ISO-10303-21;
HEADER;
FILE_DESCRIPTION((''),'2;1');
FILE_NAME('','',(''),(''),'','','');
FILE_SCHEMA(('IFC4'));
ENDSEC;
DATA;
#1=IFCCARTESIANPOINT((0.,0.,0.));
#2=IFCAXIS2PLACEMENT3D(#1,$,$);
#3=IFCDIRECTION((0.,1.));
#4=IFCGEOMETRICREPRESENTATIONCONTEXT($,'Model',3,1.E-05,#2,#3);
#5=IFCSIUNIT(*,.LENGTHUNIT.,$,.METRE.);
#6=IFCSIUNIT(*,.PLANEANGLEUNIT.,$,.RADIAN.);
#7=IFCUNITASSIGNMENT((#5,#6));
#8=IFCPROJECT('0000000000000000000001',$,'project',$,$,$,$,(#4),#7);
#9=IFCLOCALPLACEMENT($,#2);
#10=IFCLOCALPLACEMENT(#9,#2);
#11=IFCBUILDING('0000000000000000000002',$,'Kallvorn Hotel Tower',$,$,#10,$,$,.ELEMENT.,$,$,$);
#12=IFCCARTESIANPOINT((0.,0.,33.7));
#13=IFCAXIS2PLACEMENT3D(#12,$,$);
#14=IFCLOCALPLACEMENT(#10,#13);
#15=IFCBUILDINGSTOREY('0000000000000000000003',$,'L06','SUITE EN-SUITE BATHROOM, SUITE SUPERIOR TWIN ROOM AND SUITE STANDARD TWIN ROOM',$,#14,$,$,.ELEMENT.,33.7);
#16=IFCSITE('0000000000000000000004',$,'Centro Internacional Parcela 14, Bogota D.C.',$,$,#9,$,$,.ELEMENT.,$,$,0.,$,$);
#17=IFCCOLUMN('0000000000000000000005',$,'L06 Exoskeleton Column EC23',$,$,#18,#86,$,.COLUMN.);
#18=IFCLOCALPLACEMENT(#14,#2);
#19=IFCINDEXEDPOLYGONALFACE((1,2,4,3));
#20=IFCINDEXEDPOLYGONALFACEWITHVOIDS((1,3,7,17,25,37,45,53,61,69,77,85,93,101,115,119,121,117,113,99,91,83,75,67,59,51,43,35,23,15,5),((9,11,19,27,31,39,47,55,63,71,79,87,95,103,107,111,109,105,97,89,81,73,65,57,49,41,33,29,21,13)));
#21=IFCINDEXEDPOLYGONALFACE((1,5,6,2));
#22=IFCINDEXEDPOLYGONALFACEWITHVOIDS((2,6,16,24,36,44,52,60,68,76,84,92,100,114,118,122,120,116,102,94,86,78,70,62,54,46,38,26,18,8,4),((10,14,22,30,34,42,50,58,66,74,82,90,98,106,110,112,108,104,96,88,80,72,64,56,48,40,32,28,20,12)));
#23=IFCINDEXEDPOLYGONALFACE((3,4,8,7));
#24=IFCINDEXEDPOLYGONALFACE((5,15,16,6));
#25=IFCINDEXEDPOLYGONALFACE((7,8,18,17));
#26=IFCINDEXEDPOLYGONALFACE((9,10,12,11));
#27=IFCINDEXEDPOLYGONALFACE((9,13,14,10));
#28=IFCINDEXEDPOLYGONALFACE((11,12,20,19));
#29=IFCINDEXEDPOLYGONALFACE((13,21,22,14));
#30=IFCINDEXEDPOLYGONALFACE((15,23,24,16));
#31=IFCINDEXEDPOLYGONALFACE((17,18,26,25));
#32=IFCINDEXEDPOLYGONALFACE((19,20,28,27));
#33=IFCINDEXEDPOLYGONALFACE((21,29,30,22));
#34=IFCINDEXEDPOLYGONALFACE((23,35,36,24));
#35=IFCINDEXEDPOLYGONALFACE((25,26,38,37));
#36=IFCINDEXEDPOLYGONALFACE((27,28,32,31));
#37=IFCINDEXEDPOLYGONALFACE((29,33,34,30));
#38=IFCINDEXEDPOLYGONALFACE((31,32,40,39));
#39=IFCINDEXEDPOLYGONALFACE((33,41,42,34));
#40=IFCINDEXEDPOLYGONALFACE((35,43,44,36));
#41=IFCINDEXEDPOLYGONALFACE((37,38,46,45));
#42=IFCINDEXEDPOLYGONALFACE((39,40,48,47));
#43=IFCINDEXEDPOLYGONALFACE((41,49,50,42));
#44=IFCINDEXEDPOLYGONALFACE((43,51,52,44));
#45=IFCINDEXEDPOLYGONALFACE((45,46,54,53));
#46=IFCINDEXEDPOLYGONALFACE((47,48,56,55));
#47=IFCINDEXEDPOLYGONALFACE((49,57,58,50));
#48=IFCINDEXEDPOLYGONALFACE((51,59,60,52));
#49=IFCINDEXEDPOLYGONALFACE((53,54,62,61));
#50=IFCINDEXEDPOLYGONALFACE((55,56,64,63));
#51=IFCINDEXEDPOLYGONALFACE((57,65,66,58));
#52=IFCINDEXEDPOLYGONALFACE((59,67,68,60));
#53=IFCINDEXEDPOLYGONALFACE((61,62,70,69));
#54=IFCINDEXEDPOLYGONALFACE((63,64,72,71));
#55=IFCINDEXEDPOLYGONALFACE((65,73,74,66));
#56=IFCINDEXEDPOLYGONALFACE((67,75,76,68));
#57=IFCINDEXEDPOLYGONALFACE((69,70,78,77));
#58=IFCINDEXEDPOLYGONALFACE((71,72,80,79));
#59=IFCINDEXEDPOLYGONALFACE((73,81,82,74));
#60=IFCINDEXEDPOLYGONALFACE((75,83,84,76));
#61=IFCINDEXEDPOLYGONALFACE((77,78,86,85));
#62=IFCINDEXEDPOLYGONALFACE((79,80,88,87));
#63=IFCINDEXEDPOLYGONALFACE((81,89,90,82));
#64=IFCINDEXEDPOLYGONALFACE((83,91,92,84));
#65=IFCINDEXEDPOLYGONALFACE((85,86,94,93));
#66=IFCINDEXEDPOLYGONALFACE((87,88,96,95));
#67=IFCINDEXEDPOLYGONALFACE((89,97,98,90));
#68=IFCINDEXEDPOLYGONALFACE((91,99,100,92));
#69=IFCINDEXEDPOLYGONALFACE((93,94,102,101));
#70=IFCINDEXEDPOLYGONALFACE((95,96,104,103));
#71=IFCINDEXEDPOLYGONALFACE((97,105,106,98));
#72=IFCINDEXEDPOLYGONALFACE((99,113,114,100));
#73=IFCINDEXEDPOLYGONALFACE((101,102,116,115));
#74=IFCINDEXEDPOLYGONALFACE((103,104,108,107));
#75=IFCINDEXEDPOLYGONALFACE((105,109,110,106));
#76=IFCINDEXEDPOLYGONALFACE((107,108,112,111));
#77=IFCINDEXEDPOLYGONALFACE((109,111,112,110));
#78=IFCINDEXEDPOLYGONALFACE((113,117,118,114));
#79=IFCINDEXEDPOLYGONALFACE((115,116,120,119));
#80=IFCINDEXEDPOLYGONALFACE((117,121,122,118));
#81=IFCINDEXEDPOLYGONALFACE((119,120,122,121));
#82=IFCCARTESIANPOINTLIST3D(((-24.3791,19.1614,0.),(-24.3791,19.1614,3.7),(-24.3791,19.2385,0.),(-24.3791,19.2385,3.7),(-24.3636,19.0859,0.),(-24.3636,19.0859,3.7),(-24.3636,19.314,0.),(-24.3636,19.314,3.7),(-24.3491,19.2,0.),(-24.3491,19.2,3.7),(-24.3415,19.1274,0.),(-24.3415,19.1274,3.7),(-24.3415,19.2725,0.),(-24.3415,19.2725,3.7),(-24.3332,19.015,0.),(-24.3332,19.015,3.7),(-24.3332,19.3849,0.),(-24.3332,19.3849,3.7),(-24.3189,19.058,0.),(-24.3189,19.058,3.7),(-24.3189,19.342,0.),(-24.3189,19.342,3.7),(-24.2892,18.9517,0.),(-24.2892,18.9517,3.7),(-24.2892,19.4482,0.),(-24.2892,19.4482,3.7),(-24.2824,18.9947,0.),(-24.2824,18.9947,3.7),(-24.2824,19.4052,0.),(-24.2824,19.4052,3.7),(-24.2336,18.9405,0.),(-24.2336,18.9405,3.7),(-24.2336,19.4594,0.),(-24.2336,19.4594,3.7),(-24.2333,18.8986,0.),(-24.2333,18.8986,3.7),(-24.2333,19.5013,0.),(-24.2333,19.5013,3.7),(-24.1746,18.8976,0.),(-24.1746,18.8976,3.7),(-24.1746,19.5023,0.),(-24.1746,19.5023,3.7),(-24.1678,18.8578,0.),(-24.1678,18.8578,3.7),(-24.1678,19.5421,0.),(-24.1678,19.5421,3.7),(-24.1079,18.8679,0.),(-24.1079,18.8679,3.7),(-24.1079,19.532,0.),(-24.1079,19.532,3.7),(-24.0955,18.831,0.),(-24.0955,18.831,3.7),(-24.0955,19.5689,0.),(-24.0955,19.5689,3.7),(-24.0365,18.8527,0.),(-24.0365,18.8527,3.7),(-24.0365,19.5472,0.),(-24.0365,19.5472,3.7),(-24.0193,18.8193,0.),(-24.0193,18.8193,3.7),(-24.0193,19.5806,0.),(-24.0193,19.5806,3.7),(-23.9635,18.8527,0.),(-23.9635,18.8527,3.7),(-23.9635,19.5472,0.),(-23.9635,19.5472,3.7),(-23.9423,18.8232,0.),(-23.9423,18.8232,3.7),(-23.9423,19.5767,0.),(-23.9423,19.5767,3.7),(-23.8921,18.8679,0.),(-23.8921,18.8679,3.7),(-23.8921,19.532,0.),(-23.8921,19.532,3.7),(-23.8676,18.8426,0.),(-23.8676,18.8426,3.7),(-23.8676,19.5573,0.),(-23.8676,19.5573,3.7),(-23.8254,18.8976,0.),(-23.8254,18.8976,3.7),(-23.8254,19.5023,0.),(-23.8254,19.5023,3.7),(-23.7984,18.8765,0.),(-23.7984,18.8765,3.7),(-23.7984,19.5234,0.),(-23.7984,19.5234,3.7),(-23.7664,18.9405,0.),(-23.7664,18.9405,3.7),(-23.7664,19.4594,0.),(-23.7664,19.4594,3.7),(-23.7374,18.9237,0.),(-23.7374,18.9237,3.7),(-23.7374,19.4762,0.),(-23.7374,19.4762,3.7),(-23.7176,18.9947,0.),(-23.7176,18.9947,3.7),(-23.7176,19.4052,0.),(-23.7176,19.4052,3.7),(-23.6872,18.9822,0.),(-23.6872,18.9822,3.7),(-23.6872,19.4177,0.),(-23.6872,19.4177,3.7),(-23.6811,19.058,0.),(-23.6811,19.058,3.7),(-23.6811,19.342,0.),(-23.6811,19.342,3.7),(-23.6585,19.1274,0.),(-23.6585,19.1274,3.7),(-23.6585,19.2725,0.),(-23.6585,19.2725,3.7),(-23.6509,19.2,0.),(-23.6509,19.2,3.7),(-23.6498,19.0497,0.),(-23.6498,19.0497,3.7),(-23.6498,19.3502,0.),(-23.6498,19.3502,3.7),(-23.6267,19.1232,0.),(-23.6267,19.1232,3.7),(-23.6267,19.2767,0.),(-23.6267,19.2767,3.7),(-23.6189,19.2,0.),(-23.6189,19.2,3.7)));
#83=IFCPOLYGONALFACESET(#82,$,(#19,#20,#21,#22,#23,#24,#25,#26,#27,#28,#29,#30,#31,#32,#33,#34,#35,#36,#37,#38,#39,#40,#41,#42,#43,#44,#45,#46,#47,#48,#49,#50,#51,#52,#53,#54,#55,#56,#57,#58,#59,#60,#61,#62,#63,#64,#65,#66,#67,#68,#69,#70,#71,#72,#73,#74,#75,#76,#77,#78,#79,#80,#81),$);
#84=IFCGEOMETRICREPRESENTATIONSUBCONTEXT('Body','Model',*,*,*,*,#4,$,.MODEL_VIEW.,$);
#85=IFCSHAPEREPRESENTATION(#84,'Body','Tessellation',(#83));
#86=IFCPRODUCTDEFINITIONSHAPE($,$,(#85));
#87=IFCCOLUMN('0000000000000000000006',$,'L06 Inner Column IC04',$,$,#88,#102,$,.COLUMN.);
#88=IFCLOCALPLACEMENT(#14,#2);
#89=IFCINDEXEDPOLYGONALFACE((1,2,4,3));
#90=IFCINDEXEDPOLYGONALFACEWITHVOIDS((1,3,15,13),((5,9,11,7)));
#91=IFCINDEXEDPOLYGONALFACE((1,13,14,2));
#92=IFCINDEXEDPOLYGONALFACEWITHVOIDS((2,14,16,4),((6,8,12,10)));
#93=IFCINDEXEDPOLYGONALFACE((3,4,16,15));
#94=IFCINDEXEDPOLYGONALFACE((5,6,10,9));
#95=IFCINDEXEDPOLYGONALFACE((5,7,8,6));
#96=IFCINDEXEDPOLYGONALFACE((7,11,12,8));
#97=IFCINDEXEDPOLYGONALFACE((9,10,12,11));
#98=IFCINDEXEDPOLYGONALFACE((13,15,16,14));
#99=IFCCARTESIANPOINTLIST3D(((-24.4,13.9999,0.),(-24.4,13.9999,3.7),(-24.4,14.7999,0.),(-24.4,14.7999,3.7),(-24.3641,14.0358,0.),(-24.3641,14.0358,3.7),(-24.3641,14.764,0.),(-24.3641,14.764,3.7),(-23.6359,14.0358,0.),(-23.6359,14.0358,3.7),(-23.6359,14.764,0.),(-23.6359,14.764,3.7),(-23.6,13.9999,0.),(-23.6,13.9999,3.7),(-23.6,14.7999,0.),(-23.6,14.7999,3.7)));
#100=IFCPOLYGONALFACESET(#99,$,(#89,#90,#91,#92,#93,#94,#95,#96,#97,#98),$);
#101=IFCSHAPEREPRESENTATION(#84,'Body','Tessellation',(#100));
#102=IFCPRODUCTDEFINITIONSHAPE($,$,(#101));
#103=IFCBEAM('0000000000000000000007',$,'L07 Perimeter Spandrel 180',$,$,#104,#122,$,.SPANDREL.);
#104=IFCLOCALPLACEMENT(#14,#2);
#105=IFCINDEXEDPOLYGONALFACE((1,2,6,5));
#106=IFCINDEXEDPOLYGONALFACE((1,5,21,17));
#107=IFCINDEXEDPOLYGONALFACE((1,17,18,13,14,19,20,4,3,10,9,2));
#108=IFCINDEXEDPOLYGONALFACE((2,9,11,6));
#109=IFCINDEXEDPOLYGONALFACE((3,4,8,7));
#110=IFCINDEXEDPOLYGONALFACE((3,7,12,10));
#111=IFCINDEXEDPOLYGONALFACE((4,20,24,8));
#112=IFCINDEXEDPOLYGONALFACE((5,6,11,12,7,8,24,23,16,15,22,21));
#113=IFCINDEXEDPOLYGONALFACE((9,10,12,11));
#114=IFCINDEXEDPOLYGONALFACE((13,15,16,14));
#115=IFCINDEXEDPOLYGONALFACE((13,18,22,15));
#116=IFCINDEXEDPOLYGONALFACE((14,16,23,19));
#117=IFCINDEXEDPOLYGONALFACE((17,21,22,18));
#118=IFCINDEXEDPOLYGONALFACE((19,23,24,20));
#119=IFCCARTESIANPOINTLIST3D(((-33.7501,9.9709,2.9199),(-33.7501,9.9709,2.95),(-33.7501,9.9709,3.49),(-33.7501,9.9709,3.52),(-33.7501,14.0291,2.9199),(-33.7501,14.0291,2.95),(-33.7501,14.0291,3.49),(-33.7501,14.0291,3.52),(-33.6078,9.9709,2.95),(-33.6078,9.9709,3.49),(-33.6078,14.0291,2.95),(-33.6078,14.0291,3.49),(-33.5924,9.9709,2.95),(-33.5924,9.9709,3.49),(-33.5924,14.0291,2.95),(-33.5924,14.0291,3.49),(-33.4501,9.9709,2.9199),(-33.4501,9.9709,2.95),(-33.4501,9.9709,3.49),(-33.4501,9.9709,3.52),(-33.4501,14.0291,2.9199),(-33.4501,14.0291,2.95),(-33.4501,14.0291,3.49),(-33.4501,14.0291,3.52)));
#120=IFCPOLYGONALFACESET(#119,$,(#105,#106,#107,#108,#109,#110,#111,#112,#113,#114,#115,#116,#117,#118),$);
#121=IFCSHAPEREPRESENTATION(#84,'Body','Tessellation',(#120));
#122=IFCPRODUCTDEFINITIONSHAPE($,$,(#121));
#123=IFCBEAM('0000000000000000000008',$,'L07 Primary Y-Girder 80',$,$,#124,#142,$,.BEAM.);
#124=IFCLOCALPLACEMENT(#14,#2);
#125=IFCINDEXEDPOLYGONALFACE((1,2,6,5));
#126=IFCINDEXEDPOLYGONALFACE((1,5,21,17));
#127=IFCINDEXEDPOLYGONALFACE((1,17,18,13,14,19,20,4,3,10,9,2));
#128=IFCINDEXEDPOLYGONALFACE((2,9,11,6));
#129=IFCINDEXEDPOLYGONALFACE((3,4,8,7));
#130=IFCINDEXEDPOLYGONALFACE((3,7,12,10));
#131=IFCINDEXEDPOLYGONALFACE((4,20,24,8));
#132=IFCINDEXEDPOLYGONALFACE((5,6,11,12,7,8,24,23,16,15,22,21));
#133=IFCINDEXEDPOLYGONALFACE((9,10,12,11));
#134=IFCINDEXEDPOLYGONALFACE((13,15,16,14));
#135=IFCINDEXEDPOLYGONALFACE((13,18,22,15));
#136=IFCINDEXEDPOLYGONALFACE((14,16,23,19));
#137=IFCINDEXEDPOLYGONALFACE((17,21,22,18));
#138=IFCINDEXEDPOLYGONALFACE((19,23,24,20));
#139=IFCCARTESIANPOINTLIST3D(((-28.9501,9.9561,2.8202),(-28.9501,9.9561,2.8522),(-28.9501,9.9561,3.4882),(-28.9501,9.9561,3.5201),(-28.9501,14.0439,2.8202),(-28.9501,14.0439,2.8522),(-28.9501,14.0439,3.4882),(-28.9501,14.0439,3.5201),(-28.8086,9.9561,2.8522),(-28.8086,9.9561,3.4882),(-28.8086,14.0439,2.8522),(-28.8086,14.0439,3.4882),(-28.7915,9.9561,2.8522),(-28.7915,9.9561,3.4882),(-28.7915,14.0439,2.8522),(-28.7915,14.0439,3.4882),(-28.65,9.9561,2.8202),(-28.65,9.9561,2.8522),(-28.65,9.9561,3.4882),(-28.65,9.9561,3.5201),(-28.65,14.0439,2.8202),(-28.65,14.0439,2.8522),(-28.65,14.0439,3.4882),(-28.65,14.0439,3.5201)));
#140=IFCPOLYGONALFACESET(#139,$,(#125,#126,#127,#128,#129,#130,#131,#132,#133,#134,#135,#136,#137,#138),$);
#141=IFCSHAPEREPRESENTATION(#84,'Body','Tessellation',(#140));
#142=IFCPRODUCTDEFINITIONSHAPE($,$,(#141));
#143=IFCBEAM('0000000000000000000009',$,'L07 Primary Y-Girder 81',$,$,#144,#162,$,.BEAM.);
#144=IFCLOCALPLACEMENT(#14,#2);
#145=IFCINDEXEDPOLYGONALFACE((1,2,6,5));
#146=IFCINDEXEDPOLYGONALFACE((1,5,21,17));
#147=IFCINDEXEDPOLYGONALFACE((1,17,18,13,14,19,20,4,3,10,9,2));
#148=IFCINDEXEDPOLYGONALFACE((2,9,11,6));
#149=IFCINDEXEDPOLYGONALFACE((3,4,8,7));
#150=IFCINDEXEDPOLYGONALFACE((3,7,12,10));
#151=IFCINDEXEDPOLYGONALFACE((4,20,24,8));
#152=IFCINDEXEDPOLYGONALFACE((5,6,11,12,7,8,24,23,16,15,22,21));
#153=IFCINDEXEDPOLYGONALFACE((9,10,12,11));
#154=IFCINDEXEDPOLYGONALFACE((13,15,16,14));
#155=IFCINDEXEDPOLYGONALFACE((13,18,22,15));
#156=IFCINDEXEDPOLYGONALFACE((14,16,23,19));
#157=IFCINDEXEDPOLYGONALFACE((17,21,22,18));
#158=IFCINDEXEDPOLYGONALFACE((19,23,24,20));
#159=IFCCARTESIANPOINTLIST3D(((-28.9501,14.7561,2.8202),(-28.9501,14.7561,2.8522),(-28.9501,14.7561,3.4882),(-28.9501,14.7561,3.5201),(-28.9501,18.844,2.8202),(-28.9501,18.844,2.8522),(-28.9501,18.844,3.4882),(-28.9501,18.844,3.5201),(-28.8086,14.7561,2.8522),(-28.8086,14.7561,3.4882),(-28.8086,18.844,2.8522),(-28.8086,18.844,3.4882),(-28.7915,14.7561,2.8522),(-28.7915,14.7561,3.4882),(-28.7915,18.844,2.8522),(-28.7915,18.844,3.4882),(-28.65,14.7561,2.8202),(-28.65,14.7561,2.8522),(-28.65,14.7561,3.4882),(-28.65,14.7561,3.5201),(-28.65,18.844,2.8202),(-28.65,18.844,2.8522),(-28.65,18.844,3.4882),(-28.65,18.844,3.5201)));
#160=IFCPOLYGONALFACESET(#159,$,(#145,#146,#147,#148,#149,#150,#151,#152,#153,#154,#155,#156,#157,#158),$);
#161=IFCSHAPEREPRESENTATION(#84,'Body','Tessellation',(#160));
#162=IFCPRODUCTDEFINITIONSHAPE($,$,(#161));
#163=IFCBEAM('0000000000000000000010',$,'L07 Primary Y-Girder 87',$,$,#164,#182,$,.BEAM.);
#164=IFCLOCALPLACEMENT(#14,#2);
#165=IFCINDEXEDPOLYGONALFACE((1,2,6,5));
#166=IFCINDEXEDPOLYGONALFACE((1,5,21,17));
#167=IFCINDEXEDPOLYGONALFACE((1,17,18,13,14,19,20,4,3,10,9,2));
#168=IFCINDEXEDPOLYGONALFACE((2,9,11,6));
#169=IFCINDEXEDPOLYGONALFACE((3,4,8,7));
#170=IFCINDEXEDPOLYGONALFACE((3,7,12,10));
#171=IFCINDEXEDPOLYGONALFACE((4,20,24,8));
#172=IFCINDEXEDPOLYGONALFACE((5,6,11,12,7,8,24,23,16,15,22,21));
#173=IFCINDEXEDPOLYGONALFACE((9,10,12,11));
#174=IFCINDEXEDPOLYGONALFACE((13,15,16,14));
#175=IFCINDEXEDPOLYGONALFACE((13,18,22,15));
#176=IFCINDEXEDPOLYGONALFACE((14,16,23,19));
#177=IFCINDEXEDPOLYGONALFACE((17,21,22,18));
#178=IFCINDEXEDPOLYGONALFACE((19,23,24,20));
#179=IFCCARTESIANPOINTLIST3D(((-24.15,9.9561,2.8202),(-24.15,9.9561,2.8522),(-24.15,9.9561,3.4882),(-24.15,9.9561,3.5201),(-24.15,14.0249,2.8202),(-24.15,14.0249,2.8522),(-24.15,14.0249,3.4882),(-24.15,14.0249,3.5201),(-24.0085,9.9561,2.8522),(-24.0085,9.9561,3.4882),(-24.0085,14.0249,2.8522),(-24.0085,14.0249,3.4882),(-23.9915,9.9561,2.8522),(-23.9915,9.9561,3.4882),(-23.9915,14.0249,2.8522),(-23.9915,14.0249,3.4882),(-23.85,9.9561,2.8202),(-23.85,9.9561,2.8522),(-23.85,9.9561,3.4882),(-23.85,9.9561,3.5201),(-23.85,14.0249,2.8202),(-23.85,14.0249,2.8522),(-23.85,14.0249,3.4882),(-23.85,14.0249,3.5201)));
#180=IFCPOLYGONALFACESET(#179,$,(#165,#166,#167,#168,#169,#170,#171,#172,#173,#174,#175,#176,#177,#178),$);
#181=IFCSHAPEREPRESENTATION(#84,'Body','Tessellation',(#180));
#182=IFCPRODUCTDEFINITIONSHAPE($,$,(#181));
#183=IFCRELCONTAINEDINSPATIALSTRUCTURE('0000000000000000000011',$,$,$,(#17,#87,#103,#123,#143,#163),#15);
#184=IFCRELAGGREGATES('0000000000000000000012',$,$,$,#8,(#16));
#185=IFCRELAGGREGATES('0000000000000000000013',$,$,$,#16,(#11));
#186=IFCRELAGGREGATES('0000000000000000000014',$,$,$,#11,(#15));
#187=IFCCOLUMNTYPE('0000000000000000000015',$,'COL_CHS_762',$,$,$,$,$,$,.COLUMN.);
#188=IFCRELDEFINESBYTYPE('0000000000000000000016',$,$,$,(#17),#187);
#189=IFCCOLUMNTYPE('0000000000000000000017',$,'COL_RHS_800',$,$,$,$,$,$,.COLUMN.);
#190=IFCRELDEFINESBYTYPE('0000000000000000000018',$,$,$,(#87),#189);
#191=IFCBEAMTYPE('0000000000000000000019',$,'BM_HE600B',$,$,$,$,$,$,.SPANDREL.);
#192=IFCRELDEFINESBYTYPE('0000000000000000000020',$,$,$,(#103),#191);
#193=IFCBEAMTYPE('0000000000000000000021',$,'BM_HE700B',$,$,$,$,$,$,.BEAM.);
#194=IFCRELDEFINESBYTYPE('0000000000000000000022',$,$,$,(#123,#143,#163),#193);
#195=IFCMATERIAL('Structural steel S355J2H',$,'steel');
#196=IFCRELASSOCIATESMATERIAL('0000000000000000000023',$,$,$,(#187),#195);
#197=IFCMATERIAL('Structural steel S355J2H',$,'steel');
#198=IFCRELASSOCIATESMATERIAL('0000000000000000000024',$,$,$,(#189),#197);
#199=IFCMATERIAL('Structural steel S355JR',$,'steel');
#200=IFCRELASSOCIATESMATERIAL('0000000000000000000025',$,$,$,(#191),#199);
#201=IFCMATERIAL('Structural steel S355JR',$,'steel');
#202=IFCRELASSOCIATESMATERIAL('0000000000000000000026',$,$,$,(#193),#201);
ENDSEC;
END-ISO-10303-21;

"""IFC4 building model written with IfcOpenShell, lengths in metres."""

from ifc_helpers import new_model, si_unit, direction, frame, origin, origin_2d, place, context, subcontext, project, spatial, hollow_rectangle, hollow_circle, i_section, extrude, material, material_profile, profile_set, type_object, element, save


model = new_model("IFC4")

# Units and contexts
model_context = context("Model", 3, precision=1e-05, world=origin(), true_north=direction((0.0, 1.0)))
body_context = subcontext(model_context, "Body", "Model", "MODEL_VIEW")
ifc_project = project(units=[si_unit("LENGTHUNIT", "METRE"), si_unit("PLANEANGLEUNIT", "RADIAN")], contexts=[model_context])

# Site, building, storey
site_placement = place(None, origin())
site = spatial("IfcSite", under=ifc_project, at=site_placement, Name="Centro Internacional Parcela 14, Bogota D.C.", CompositionType="ELEMENT", RefElevation=0.0)
building_placement = place(site_placement, origin())
building = spatial("IfcBuilding", under=site, at=building_placement, Name="Kallvorn Hotel Tower", CompositionType="ELEMENT")
storey_placement = place(building_placement, frame((0.0, 0.0, 33.7)))
storey = spatial("IfcBuildingStorey", under=building, at=storey_placement, Name="L06", Description="SUITE EN-SUITE BATHROOM, SUITE SUPERIOR TWIN ROOM AND SUITE STANDARD TWIN ROOM", CompositionType="ELEMENT", Elevation=33.7)

# Columns
ifc_material_1 = material(Name="Structural steel S355J2H", Category="steel")
ifc_material_profile_1 = material_profile(ifc_material_1, hollow_circle(Radius=0.3811, WallThickness=0.032, at=origin_2d()), Name="CHS 762x32")
ifc_profile_set_1 = profile_set([ifc_material_profile_1], Name="Structural steel S355J2H")
column_type_1 = type_object("IfcColumnType", Name="COL_CHS_762", PredefinedType="COLUMN", material=ifc_profile_set_1)
for number, where, z_axis, x_axis, name in (
    (1, (-24.0, 19.2, 0.0), (0.0, 0.0, 1.0), (1.0, 0.0, 0.0), "L06 Exoskeleton Column EC23"),
):
    element("IfcColumn", number, at=place(storey_placement, frame(where, z_axis=z_axis, x_axis=x_axis)), inside=storey, type_object=column_type_1, Name=name, PredefinedType="COLUMN", context=body_context, shape_type="SweptSolid", body=[
        extrude(hollow_circle(Radius=0.3811, WallThickness=0.032, at=origin_2d()), origin(), (0.0, 0.0, 1.0), 3.7),
    ])
ifc_material_2 = material(Name="Structural steel S355J2H", Category="steel")
ifc_material_profile_2 = material_profile(ifc_material_2, hollow_rectangle(XDim=0.8, YDim=0.8, WallThickness=0.0359, at=origin_2d()), Name="RHS 800x800x36")
ifc_profile_set_2 = profile_set([ifc_material_profile_2], Name="Structural steel S355J2H")
column_type_2 = type_object("IfcColumnType", Name="COL_RHS_800", PredefinedType="COLUMN", material=ifc_profile_set_2)
column_placement = place(storey_placement, frame((-24.0, 14.3999, 0.0), z_axis=(0.0, 0.0, 1.0), x_axis=(1.0, 0.0, 0.0)))
element("IfcColumn", 2, at=column_placement, inside=storey, type_object=column_type_2, Name="L06 Inner Column IC04", PredefinedType="COLUMN", context=body_context, shape_type="SweptSolid", body=[
    extrude(hollow_rectangle(XDim=0.8, YDim=0.8, WallThickness=0.0359, at=origin_2d()), origin(), (0.0, 0.0, 1.0), 3.7),
])

# Beams
ifc_material_3 = material(Name="Structural steel S355JR", Category="steel")
ifc_material_profile_3 = material_profile(ifc_material_3, i_section(OverallWidth=0.3, OverallDepth=0.6001, WebThickness=0.0154, FlangeThickness=0.03, at=origin_2d()), Name="HE 600 B")
ifc_profile_set_3 = profile_set([ifc_material_profile_3], Name="Structural steel S355JR")
beam_type_1 = type_object("IfcBeamType", Name="BM_HE600B", PredefinedType="SPANDREL", material=ifc_profile_set_3)
beam_1_placement = place(storey_placement, frame((-33.6001, 9.9709, 3.22), z_axis=(0.0, 1.0, 0.0), x_axis=(-1.0, 0.0, 0.0)))
element("IfcBeam", 3, at=beam_1_placement, inside=storey, type_object=beam_type_1, Name="L07 Perimeter Spandrel 180", PredefinedType="SPANDREL", context=body_context, shape_type="SweptSolid", body=[
    extrude(i_section(OverallWidth=0.3, OverallDepth=0.6001, WebThickness=0.0154, FlangeThickness=0.03, at=origin_2d()), origin(), (0.0, 0.0, 1.0), 4.0581),
])
ifc_material_4 = material(Name="Structural steel S355JR", Category="steel")
ifc_material_profile_4 = material_profile(ifc_material_4, i_section(OverallWidth=0.3, OverallDepth=0.7, WebThickness=0.0171, FlangeThickness=0.032, at=origin_2d()), Name="HE 700 B")
ifc_profile_set_4 = profile_set([ifc_material_profile_4], Name="Structural steel S355JR")
beam_type_2 = type_object("IfcBeamType", Name="BM_HE700B", PredefinedType="BEAM", material=ifc_profile_set_4)
for number, where, z_axis, x_axis, name in (
    (4, (-28.8, 9.9561, 3.1702), (0.0, 1.0, 0.0), (-1.0, 0.0, 0.0), "L07 Primary Y-Girder 80"),
    (5, (-28.8, 14.7561, 3.1702), (0.0, 1.0, 0.0), (-1.0, 0.0, 0.0), "L07 Primary Y-Girder 81"),
):
    element("IfcBeam", number, at=place(storey_placement, frame(where, z_axis=z_axis, x_axis=x_axis)), inside=storey, type_object=beam_type_2, Name=name, PredefinedType="BEAM", context=body_context, shape_type="SweptSolid", body=[
        extrude(i_section(OverallWidth=0.3, OverallDepth=0.7, WebThickness=0.0171, FlangeThickness=0.032, at=origin_2d()), origin(), (0.0, 0.0, 1.0), 4.0879),
    ])
beam_2_placement = place(storey_placement, frame((-24.0, 9.9561, 3.1702), z_axis=(0.0, 1.0, 0.0), x_axis=(-1.0, 0.0, 0.0)))
element("IfcBeam", 6, at=beam_2_placement, inside=storey, type_object=beam_type_2, Name="L07 Primary Y-Girder 87", PredefinedType="BEAM", context=body_context, shape_type="SweptSolid", body=[
    extrude(i_section(OverallWidth=0.3, OverallDepth=0.7, WebThickness=0.0171, FlangeThickness=0.032, at=origin_2d()), origin(), (0.0, 0.0, 1.0), 4.0688),
])

save(model, "model.ifc")
